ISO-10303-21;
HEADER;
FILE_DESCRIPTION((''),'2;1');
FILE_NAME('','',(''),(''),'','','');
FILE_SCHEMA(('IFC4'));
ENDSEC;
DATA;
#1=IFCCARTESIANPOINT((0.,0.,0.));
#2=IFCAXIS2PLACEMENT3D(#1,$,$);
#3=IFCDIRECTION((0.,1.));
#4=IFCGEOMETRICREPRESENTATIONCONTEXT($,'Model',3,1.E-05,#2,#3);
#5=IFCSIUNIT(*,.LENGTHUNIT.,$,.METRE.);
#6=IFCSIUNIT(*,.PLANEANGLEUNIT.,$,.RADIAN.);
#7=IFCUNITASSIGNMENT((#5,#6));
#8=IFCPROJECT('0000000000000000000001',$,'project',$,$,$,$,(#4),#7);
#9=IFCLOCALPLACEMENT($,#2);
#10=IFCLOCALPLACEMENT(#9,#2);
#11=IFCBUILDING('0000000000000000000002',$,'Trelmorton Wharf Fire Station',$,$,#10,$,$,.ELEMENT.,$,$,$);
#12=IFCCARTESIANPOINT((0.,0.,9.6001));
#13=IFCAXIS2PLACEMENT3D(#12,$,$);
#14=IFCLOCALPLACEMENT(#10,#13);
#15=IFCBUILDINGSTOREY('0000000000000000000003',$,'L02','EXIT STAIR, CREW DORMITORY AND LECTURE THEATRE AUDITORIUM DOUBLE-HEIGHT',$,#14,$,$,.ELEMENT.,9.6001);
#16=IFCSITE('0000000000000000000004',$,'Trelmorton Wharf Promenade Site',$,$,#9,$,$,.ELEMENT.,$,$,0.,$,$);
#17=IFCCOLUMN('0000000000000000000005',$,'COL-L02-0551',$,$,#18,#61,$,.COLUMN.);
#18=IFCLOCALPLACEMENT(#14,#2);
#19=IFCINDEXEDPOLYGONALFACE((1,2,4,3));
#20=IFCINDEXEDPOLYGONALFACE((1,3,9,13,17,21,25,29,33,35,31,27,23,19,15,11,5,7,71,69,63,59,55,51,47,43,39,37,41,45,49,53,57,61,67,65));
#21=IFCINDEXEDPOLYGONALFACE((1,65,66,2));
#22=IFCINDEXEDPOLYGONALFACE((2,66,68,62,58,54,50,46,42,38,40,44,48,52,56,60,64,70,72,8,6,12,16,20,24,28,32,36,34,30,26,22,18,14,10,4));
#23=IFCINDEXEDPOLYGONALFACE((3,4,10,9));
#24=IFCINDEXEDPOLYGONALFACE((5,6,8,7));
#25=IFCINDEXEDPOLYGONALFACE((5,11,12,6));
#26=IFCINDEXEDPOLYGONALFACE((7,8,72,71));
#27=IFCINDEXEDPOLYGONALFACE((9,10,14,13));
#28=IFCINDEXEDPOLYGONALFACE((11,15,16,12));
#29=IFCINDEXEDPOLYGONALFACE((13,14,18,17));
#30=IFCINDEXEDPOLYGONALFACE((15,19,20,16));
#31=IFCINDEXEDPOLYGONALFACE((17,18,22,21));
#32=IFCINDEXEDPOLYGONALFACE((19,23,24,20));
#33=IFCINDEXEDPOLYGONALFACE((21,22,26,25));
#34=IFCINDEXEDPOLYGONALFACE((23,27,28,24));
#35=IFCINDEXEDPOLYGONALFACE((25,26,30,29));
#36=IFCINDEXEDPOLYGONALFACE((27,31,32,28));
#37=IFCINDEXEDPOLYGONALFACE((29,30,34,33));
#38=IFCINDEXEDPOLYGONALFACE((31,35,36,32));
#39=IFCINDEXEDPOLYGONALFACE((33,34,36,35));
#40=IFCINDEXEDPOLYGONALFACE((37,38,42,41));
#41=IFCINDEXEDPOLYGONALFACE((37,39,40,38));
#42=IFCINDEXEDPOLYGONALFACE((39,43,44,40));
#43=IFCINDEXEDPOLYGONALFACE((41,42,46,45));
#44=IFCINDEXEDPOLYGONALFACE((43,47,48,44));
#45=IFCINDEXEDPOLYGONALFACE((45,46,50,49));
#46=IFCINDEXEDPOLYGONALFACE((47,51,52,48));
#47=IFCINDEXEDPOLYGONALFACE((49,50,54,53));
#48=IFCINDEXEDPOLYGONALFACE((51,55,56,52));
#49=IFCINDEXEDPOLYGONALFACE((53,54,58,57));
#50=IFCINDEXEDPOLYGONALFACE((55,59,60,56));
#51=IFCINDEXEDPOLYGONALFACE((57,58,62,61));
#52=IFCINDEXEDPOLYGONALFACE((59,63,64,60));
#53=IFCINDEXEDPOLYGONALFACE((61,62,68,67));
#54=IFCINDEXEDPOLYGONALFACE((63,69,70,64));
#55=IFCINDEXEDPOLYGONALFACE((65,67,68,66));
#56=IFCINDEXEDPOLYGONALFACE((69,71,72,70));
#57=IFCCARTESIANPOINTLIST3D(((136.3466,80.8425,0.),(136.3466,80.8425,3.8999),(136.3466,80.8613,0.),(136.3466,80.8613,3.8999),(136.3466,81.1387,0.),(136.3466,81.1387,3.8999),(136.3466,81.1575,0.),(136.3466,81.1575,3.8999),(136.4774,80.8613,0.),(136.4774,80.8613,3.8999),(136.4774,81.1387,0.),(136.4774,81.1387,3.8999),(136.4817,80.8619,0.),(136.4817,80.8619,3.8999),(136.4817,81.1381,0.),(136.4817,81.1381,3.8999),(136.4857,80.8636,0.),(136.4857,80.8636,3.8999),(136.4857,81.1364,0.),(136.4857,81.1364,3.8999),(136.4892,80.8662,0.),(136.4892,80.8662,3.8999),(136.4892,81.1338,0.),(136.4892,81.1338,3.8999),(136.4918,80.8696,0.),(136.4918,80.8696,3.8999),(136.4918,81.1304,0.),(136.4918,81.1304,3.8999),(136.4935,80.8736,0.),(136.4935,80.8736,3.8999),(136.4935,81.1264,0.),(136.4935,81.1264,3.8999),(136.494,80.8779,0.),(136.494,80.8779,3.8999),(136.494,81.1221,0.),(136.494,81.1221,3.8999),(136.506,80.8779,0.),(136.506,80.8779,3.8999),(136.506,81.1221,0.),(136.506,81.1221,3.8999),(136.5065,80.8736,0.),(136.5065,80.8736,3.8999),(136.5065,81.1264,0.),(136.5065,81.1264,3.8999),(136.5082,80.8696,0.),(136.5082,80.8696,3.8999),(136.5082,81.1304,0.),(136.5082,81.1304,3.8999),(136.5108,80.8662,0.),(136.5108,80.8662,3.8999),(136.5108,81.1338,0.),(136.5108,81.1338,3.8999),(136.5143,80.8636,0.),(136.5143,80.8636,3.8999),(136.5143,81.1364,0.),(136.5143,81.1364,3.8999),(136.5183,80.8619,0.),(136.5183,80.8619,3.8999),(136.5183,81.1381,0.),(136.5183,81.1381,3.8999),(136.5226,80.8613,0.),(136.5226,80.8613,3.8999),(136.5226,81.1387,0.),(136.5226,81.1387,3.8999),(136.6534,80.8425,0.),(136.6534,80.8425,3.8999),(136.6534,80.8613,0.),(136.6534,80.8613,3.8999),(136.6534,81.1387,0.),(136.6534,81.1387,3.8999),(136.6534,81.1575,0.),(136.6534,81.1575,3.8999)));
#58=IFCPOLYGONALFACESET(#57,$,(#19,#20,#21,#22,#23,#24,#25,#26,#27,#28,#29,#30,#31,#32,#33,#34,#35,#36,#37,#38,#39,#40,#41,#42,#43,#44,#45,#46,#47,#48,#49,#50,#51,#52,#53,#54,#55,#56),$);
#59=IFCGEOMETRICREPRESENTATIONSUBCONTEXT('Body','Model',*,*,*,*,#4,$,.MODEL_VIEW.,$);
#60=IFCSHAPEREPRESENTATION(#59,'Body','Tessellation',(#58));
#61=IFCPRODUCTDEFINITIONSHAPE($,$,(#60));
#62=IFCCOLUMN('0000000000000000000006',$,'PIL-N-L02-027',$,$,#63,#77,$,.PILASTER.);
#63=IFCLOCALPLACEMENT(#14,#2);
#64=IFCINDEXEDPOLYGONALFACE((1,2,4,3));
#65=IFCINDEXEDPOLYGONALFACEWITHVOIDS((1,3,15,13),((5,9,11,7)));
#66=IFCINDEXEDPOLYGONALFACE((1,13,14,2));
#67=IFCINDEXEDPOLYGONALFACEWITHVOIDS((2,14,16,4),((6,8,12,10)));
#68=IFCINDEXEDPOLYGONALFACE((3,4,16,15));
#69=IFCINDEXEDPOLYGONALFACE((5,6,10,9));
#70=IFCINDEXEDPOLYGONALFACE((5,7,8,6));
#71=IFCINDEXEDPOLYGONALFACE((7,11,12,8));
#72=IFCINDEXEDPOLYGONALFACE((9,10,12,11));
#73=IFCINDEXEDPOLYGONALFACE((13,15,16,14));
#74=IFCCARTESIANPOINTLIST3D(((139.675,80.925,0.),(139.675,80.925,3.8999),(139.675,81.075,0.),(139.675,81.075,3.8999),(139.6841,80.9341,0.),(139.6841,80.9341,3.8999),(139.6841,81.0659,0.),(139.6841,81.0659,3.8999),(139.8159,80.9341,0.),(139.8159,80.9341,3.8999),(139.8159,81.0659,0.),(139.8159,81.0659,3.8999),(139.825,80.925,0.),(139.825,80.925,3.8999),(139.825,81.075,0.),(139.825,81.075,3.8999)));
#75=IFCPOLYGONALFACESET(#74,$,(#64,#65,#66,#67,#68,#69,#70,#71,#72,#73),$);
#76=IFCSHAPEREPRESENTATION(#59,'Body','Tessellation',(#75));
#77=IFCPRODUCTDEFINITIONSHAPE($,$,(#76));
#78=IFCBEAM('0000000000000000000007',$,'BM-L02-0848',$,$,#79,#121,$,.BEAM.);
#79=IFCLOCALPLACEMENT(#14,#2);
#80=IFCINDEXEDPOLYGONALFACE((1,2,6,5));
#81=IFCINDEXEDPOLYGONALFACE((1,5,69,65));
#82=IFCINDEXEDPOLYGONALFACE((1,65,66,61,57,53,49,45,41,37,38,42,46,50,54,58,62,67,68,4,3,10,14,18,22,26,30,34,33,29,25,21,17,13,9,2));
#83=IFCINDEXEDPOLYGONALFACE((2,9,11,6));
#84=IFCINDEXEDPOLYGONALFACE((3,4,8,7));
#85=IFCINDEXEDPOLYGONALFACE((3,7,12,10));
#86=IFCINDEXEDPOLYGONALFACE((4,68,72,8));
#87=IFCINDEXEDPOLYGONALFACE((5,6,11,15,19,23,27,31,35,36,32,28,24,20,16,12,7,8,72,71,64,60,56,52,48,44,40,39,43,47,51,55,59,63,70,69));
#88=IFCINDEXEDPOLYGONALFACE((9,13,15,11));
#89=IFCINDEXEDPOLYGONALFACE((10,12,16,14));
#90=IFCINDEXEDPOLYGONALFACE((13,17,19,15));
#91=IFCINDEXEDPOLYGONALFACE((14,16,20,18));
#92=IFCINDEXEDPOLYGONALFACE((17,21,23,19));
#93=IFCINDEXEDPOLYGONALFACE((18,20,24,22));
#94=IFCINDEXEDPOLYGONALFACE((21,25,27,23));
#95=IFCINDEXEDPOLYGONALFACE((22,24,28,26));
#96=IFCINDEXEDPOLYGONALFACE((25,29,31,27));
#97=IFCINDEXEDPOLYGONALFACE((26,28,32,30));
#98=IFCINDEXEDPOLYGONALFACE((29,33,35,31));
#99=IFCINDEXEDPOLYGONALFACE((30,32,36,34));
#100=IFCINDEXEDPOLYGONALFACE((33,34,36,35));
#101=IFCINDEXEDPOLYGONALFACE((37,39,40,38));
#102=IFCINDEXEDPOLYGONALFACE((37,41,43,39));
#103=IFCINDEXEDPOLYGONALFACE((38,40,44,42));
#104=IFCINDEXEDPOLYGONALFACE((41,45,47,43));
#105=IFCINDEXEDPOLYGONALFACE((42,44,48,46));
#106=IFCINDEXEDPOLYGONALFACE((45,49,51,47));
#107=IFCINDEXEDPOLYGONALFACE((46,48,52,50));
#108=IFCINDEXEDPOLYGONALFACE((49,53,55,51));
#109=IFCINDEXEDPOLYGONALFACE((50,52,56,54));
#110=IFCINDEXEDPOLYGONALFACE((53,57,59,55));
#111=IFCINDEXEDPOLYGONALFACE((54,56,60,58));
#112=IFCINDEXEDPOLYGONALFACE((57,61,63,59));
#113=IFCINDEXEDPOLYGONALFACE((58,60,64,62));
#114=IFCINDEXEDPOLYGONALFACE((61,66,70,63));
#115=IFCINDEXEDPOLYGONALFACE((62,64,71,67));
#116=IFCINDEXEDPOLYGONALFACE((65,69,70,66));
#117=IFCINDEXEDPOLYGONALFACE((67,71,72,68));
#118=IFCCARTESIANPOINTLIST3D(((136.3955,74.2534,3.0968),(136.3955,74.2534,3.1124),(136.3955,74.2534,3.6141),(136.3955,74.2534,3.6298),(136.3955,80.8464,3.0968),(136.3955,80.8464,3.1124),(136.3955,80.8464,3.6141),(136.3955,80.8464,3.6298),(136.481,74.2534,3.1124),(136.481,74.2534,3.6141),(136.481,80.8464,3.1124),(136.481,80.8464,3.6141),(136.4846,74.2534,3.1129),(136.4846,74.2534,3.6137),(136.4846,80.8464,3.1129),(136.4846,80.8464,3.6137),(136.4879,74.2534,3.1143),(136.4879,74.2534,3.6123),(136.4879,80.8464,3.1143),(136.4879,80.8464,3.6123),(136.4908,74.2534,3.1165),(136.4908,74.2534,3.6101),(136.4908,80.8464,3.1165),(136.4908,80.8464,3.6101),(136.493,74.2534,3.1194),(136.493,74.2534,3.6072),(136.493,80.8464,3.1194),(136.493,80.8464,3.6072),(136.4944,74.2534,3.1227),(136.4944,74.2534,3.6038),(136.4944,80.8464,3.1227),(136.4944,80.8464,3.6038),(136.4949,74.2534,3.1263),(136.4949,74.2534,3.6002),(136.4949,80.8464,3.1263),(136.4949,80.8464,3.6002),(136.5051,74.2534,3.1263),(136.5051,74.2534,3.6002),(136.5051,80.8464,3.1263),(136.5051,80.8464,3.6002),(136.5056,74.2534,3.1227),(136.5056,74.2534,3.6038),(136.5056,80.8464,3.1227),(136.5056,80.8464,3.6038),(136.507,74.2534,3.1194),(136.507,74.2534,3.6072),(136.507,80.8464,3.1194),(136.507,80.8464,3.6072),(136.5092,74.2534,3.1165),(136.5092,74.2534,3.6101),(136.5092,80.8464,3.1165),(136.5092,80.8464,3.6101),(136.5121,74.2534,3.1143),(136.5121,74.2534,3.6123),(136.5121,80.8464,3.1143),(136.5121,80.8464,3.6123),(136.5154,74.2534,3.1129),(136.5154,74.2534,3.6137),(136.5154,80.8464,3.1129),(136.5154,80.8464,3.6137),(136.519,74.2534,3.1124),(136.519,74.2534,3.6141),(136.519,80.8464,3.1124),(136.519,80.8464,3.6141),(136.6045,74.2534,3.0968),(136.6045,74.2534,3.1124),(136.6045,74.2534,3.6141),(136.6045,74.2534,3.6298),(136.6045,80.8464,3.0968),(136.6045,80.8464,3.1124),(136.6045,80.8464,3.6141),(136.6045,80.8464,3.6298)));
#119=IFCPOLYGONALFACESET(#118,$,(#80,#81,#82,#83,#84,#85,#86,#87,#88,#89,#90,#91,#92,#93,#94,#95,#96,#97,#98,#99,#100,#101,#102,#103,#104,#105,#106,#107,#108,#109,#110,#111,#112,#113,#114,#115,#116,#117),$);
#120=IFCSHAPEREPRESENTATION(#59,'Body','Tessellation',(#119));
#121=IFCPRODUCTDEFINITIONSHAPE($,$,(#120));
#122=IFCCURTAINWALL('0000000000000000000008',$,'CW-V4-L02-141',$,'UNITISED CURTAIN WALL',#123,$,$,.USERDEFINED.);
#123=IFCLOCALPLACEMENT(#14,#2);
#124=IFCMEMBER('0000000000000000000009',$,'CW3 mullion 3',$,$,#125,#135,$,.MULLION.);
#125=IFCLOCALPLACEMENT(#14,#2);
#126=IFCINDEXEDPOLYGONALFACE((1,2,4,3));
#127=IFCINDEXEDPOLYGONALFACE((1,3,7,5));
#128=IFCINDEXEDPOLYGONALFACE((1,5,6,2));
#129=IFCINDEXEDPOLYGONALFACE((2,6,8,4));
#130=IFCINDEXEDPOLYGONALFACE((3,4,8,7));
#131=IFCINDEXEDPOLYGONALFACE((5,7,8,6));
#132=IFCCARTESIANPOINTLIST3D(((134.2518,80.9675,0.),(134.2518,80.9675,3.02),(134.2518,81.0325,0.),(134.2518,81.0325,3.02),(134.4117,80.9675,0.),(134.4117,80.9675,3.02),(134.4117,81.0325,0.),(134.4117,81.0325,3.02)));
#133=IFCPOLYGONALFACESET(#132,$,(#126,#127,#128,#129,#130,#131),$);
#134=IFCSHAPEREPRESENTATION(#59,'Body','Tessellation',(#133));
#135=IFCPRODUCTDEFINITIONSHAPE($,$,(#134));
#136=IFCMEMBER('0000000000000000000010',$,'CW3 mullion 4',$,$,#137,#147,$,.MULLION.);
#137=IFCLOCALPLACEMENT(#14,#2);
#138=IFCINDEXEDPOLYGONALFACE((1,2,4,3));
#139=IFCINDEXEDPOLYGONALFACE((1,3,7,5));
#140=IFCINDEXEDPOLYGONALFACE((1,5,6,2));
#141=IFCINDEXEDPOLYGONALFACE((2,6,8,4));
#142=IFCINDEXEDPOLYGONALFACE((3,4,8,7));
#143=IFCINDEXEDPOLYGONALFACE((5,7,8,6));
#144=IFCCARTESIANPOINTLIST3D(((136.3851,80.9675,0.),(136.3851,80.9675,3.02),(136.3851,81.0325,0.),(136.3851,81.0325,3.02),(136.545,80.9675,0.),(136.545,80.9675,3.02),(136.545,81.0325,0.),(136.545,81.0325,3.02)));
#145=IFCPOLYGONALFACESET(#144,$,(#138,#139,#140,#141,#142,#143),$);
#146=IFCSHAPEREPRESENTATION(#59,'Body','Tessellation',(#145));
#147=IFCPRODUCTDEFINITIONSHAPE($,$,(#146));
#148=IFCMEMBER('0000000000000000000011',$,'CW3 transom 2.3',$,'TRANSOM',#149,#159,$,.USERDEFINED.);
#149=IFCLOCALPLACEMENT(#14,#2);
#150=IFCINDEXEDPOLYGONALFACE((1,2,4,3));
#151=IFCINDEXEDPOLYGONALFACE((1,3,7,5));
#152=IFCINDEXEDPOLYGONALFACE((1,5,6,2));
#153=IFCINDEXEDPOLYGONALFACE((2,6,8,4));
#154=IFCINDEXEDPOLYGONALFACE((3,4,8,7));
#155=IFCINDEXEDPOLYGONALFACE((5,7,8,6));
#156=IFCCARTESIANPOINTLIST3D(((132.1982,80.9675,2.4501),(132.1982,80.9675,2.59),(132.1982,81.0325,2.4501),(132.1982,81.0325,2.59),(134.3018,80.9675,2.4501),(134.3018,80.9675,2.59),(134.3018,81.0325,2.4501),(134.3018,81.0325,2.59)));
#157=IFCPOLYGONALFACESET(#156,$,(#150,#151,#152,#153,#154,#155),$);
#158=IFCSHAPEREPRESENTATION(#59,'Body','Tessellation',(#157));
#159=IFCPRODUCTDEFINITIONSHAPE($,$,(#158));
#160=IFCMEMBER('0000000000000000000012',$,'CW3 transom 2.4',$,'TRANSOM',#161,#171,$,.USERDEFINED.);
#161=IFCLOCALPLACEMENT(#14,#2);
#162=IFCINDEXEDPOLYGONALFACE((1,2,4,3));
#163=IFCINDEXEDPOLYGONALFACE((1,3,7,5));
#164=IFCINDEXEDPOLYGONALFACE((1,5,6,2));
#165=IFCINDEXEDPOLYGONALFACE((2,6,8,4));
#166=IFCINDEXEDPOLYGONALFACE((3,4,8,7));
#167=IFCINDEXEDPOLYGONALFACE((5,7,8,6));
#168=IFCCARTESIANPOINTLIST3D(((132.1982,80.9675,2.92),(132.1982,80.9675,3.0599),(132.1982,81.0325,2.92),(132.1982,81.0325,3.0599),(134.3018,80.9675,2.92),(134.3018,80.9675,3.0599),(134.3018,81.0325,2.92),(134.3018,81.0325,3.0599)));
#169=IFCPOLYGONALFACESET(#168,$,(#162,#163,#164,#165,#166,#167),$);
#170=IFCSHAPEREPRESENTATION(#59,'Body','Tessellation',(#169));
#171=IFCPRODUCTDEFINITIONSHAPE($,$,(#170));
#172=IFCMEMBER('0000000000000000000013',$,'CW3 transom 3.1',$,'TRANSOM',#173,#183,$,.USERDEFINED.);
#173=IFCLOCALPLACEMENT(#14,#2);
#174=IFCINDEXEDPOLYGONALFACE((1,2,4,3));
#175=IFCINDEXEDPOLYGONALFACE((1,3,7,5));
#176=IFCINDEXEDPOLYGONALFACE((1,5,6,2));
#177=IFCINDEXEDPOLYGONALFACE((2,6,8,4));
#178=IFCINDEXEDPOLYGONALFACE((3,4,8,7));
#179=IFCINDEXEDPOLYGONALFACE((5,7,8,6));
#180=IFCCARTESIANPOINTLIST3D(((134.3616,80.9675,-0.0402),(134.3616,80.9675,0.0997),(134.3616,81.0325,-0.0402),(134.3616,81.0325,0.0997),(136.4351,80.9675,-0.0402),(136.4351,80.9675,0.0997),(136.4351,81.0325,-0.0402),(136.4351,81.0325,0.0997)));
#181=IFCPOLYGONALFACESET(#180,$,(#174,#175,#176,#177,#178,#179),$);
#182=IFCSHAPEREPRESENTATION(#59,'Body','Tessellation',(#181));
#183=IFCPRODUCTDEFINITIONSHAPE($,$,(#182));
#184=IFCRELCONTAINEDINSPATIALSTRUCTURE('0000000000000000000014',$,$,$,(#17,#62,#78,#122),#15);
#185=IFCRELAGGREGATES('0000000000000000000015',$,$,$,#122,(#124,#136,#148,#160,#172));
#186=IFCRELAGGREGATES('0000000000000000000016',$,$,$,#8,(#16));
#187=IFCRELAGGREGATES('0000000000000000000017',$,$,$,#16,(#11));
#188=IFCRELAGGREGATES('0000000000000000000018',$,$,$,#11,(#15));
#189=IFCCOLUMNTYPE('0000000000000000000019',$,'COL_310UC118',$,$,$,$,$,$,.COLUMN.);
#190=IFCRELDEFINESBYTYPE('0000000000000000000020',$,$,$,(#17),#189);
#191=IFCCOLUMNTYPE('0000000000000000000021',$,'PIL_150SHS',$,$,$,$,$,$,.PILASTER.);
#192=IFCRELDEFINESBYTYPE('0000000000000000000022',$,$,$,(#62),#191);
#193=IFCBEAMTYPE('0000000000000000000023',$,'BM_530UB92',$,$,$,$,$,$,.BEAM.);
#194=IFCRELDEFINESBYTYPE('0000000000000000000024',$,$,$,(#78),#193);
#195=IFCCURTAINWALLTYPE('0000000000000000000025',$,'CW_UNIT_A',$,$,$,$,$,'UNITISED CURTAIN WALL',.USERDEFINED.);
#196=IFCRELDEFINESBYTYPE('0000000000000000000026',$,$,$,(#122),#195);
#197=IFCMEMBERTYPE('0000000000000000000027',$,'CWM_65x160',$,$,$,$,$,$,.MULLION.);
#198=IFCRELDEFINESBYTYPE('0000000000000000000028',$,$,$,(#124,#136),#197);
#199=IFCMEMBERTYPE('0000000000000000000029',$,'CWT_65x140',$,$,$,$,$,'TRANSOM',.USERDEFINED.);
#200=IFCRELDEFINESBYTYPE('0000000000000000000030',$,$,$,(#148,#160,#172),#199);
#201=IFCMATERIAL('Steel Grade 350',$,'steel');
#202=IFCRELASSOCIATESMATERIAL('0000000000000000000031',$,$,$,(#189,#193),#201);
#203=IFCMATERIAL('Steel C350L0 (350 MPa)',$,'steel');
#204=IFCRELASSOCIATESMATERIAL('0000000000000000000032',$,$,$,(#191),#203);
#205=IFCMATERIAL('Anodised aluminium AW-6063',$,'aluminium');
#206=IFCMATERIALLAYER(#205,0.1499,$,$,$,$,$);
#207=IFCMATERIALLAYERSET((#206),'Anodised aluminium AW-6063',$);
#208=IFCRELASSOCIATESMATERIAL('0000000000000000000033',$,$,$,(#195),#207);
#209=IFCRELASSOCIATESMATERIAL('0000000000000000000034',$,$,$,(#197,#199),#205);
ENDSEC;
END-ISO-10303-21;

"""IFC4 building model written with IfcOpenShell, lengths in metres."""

from ifc_helpers import new_model, si_unit, direction, frame, origin, origin_2d, place, context, subcontext, project, spatial, rectangle, hollow_rectangle, i_section, extrude, material, layer, layer_set, material_profile, profile_set, type_object, element, aggregate, save


model = new_model("IFC4")

# Units and contexts
model_context = context("Model", 3, precision=1e-05, world=origin(), true_north=direction((0.0, 1.0)))
body_context = subcontext(model_context, "Body", "Model", "MODEL_VIEW")
ifc_project = project(units=[si_unit("LENGTHUNIT", "METRE"), si_unit("PLANEANGLEUNIT", "RADIAN")], contexts=[model_context])

# Site, building, storey
site_placement = place(None, origin())
site = spatial("IfcSite", under=ifc_project, at=site_placement, Name="Trelmorton Wharf Promenade Site", CompositionType="ELEMENT", RefElevation=0.0)
building_placement = place(site_placement, origin())
building = spatial("IfcBuilding", under=site, at=building_placement, Name="Trelmorton Wharf Fire Station", CompositionType="ELEMENT")
storey_placement = place(building_placement, frame((0.0, 0.0, 9.6001)))
storey = spatial("IfcBuildingStorey", under=building, at=storey_placement, Name="L02", Description="EXIT STAIR, CREW DORMITORY AND LECTURE THEATRE AUDITORIUM DOUBLE-HEIGHT", CompositionType="ELEMENT", Elevation=9.6001)

# Columns
ifc_material_1 = material(Name="Steel Grade 350", Category="steel")
ifc_material_profile_1 = material_profile(ifc_material_1, i_section(OverallWidth=0.3069, OverallDepth=0.3149, WebThickness=0.012, FlangeThickness=0.0188, FilletRadius=0.0166, at=origin_2d()), Name="310UC118")
ifc_profile_set_1 = profile_set([ifc_material_profile_1], Name="Steel Grade 350")
column_type_1 = type_object("IfcColumnType", Name="COL_310UC118", PredefinedType="COLUMN", material=ifc_profile_set_1)
column_1_placement = place(storey_placement, frame((136.5, 81.0, 0.0), z_axis=(0.0, 0.0, 1.0), x_axis=(1.0, 0.0, 0.0)))
element("IfcColumn", 1, at=column_1_placement, inside=storey, type_object=column_type_1, Name="COL-L02-0551", PredefinedType="COLUMN", context=body_context, shape_type="SweptSolid", body=[
    extrude(i_section(OverallWidth=0.3069, OverallDepth=0.3149, WebThickness=0.012, FlangeThickness=0.0188, FilletRadius=0.0166, at=origin_2d()), origin(), (0.0, 0.0, 1.0), 3.8999),
])
ifc_material_2 = material(Name="Steel C350L0 (350 MPa)", Category="steel")
ifc_material_profile_2 = material_profile(ifc_material_2, hollow_rectangle(XDim=0.1499, YDim=0.1499, WallThickness=0.009, at=origin_2d()), Name="150x150x9.0SHS")
ifc_profile_set_2 = profile_set([ifc_material_profile_2], Name="Steel C350L0 (350 MPa)")
column_type_2 = type_object("IfcColumnType", Name="PIL_150SHS", PredefinedType="PILASTER", material=ifc_profile_set_2)
column_2_placement = place(storey_placement, frame((139.75, 81.0, 0.0), z_axis=(0.0, 0.0, 1.0), x_axis=(1.0, 0.0, 0.0)))
element("IfcColumn", 2, at=column_2_placement, inside=storey, type_object=column_type_2, Name="PIL-N-L02-027", PredefinedType="PILASTER", context=body_context, shape_type="SweptSolid", body=[
    extrude(hollow_rectangle(XDim=0.1499, YDim=0.1499, WallThickness=0.009, at=origin_2d()), origin(), (0.0, 0.0, 1.0), 3.8999),
])

# Beam
ifc_material_profile_3 = material_profile(ifc_material_1, i_section(OverallWidth=0.209, OverallDepth=0.533, WebThickness=0.0103, FlangeThickness=0.0156, FilletRadius=0.0139, at=origin_2d()), Name="530UB92.4")
ifc_profile_set_3 = profile_set([ifc_material_profile_3], Name="Steel Grade 350")
beam_type_1 = type_object("IfcBeamType", Name="BM_530UB92", PredefinedType="BEAM", material=ifc_profile_set_3)
beam_1_placement = place(storey_placement, frame((136.5, 74.2534, 3.3633), z_axis=(0.0, 1.0, 0.0), x_axis=(-1.0, 0.0, 0.0)))
element("IfcBeam", 3, at=beam_1_placement, inside=storey, type_object=beam_type_1, Name="BM-L02-0848", PredefinedType="BEAM", context=body_context, shape_type="SweptSolid", body=[
    extrude(i_section(OverallWidth=0.209, OverallDepth=0.533, WebThickness=0.0103, FlangeThickness=0.0156, FilletRadius=0.0139, at=origin_2d()), origin(), (0.0, 0.0, 1.0), 6.593),
])

# Curtain wall, members
ifc_material_3 = material(Name="Anodised aluminium AW-6063", Category="aluminium")
ifc_layer_1 = layer(ifc_material_3, 0.1499)
ifc_layer_set_1 = layer_set([ifc_layer_1], Name="Anodised aluminium AW-6063")
curtain_wall_type = type_object("IfcCurtainWallType", Name="CW_UNIT_A", ElementType="UNITISED CURTAIN WALL", PredefinedType="USERDEFINED", material=ifc_layer_set_1)
curtain_wall_placement = place(storey_placement, origin())
curtain_wall = element("IfcCurtainWall", 4, at=curtain_wall_placement, inside=storey, type_object=curtain_wall_type, Name="CW-V4-L02-141", ObjectType="UNITISED CURTAIN WALL", PredefinedType="USERDEFINED")
ifc_material_profile_4 = material_profile(ifc_material_3, rectangle(XDim=0.0649, YDim=0.1599, at=origin_2d()), Name="ALU-65x160")
ifc_profile_set_4 = profile_set([ifc_material_profile_4], Name="Anodised aluminium AW-6063")
member_type_1 = type_object("IfcMemberType", Name="CWM_65x160", PredefinedType="MULLION", material=ifc_profile_set_4)
member_1_placement = place(storey_placement, frame((134.3318, 81.0, 0.0), z_axis=(0.0, 0.0, 1.0), x_axis=(0.0, 1.0, 0.0)))
member_1 = element("IfcMember", 5, at=member_1_placement, type_object=member_type_1, Name="CW3 mullion 3", PredefinedType="MULLION", context=body_context, shape_type="SweptSolid", body=[
    extrude(rectangle(XDim=0.0649, YDim=0.1599, at=origin_2d()), origin(), (0.0, 0.0, 1.0), 3.02),
])
member_2_placement = place(storey_placement, frame((136.4651, 81.0, 0.0), z_axis=(0.0, 0.0, 1.0), x_axis=(0.0, 1.0, 0.0)))
member_2 = element("IfcMember", 6, at=member_2_placement, type_object=member_type_1, Name="CW3 mullion 4", PredefinedType="MULLION", context=body_context, shape_type="SweptSolid", body=[
    extrude(rectangle(XDim=0.0649, YDim=0.1599, at=origin_2d()), origin(), (0.0, 0.0, 1.0), 3.02),
])
ifc_material_profile_5 = material_profile(ifc_material_3, rectangle(XDim=0.0649, YDim=0.1399, at=origin_2d()), Name="ALU-65x140")
ifc_profile_set_5 = profile_set([ifc_material_profile_5], Name="Anodised aluminium AW-6063")
member_type_2 = type_object("IfcMemberType", Name="CWT_65x140", ElementType="TRANSOM", PredefinedType="USERDEFINED", material=ifc_profile_set_5)
member_3_placement = place(storey_placement, frame((132.1982, 81.0, 2.52), z_axis=(1.0, 0.0, 0.0), x_axis=(0.0, 1.0, 0.0)))
member_3 = element("IfcMember", 7, at=member_3_placement, type_object=member_type_2, Name="CW3 transom 2.3", ObjectType="TRANSOM", PredefinedType="USERDEFINED", context=body_context, shape_type="SweptSolid", body=[
    extrude(rectangle(XDim=0.0649, YDim=0.1399, at=origin_2d()), origin(), (0.0, 0.0, 1.0), 2.1035),
])
member_4_placement = place(storey_placement, frame((132.1982, 81.0, 2.99), z_axis=(1.0, 0.0, 0.0), x_axis=(0.0, 1.0, 0.0)))
member_4 = element("IfcMember", 8, at=member_4_placement, type_object=member_type_2, Name="CW3 transom 2.4", ObjectType="TRANSOM", PredefinedType="USERDEFINED", context=body_context, shape_type="SweptSolid", body=[
    extrude(rectangle(XDim=0.0649, YDim=0.1399, at=origin_2d()), origin(), (0.0, 0.0, 1.0), 2.1035),
])
member_5_placement = place(storey_placement, frame((134.3616, 81.0, 0.0298), z_axis=(1.0, 0.0, 0.0), x_axis=(0.0, 1.0, 0.0)))
member_5 = element("IfcMember", 9, at=member_5_placement, type_object=member_type_2, Name="CW3 transom 3.1", ObjectType="TRANSOM", PredefinedType="USERDEFINED", context=body_context, shape_type="SweptSolid", body=[
    extrude(rectangle(XDim=0.0649, YDim=0.1399, at=origin_2d()), origin(), (0.0, 0.0, 1.0), 2.0735),
])

aggregate(curtain_wall, [member_1, member_2, member_3, member_4, member_5])

save(model, "model.ifc")
